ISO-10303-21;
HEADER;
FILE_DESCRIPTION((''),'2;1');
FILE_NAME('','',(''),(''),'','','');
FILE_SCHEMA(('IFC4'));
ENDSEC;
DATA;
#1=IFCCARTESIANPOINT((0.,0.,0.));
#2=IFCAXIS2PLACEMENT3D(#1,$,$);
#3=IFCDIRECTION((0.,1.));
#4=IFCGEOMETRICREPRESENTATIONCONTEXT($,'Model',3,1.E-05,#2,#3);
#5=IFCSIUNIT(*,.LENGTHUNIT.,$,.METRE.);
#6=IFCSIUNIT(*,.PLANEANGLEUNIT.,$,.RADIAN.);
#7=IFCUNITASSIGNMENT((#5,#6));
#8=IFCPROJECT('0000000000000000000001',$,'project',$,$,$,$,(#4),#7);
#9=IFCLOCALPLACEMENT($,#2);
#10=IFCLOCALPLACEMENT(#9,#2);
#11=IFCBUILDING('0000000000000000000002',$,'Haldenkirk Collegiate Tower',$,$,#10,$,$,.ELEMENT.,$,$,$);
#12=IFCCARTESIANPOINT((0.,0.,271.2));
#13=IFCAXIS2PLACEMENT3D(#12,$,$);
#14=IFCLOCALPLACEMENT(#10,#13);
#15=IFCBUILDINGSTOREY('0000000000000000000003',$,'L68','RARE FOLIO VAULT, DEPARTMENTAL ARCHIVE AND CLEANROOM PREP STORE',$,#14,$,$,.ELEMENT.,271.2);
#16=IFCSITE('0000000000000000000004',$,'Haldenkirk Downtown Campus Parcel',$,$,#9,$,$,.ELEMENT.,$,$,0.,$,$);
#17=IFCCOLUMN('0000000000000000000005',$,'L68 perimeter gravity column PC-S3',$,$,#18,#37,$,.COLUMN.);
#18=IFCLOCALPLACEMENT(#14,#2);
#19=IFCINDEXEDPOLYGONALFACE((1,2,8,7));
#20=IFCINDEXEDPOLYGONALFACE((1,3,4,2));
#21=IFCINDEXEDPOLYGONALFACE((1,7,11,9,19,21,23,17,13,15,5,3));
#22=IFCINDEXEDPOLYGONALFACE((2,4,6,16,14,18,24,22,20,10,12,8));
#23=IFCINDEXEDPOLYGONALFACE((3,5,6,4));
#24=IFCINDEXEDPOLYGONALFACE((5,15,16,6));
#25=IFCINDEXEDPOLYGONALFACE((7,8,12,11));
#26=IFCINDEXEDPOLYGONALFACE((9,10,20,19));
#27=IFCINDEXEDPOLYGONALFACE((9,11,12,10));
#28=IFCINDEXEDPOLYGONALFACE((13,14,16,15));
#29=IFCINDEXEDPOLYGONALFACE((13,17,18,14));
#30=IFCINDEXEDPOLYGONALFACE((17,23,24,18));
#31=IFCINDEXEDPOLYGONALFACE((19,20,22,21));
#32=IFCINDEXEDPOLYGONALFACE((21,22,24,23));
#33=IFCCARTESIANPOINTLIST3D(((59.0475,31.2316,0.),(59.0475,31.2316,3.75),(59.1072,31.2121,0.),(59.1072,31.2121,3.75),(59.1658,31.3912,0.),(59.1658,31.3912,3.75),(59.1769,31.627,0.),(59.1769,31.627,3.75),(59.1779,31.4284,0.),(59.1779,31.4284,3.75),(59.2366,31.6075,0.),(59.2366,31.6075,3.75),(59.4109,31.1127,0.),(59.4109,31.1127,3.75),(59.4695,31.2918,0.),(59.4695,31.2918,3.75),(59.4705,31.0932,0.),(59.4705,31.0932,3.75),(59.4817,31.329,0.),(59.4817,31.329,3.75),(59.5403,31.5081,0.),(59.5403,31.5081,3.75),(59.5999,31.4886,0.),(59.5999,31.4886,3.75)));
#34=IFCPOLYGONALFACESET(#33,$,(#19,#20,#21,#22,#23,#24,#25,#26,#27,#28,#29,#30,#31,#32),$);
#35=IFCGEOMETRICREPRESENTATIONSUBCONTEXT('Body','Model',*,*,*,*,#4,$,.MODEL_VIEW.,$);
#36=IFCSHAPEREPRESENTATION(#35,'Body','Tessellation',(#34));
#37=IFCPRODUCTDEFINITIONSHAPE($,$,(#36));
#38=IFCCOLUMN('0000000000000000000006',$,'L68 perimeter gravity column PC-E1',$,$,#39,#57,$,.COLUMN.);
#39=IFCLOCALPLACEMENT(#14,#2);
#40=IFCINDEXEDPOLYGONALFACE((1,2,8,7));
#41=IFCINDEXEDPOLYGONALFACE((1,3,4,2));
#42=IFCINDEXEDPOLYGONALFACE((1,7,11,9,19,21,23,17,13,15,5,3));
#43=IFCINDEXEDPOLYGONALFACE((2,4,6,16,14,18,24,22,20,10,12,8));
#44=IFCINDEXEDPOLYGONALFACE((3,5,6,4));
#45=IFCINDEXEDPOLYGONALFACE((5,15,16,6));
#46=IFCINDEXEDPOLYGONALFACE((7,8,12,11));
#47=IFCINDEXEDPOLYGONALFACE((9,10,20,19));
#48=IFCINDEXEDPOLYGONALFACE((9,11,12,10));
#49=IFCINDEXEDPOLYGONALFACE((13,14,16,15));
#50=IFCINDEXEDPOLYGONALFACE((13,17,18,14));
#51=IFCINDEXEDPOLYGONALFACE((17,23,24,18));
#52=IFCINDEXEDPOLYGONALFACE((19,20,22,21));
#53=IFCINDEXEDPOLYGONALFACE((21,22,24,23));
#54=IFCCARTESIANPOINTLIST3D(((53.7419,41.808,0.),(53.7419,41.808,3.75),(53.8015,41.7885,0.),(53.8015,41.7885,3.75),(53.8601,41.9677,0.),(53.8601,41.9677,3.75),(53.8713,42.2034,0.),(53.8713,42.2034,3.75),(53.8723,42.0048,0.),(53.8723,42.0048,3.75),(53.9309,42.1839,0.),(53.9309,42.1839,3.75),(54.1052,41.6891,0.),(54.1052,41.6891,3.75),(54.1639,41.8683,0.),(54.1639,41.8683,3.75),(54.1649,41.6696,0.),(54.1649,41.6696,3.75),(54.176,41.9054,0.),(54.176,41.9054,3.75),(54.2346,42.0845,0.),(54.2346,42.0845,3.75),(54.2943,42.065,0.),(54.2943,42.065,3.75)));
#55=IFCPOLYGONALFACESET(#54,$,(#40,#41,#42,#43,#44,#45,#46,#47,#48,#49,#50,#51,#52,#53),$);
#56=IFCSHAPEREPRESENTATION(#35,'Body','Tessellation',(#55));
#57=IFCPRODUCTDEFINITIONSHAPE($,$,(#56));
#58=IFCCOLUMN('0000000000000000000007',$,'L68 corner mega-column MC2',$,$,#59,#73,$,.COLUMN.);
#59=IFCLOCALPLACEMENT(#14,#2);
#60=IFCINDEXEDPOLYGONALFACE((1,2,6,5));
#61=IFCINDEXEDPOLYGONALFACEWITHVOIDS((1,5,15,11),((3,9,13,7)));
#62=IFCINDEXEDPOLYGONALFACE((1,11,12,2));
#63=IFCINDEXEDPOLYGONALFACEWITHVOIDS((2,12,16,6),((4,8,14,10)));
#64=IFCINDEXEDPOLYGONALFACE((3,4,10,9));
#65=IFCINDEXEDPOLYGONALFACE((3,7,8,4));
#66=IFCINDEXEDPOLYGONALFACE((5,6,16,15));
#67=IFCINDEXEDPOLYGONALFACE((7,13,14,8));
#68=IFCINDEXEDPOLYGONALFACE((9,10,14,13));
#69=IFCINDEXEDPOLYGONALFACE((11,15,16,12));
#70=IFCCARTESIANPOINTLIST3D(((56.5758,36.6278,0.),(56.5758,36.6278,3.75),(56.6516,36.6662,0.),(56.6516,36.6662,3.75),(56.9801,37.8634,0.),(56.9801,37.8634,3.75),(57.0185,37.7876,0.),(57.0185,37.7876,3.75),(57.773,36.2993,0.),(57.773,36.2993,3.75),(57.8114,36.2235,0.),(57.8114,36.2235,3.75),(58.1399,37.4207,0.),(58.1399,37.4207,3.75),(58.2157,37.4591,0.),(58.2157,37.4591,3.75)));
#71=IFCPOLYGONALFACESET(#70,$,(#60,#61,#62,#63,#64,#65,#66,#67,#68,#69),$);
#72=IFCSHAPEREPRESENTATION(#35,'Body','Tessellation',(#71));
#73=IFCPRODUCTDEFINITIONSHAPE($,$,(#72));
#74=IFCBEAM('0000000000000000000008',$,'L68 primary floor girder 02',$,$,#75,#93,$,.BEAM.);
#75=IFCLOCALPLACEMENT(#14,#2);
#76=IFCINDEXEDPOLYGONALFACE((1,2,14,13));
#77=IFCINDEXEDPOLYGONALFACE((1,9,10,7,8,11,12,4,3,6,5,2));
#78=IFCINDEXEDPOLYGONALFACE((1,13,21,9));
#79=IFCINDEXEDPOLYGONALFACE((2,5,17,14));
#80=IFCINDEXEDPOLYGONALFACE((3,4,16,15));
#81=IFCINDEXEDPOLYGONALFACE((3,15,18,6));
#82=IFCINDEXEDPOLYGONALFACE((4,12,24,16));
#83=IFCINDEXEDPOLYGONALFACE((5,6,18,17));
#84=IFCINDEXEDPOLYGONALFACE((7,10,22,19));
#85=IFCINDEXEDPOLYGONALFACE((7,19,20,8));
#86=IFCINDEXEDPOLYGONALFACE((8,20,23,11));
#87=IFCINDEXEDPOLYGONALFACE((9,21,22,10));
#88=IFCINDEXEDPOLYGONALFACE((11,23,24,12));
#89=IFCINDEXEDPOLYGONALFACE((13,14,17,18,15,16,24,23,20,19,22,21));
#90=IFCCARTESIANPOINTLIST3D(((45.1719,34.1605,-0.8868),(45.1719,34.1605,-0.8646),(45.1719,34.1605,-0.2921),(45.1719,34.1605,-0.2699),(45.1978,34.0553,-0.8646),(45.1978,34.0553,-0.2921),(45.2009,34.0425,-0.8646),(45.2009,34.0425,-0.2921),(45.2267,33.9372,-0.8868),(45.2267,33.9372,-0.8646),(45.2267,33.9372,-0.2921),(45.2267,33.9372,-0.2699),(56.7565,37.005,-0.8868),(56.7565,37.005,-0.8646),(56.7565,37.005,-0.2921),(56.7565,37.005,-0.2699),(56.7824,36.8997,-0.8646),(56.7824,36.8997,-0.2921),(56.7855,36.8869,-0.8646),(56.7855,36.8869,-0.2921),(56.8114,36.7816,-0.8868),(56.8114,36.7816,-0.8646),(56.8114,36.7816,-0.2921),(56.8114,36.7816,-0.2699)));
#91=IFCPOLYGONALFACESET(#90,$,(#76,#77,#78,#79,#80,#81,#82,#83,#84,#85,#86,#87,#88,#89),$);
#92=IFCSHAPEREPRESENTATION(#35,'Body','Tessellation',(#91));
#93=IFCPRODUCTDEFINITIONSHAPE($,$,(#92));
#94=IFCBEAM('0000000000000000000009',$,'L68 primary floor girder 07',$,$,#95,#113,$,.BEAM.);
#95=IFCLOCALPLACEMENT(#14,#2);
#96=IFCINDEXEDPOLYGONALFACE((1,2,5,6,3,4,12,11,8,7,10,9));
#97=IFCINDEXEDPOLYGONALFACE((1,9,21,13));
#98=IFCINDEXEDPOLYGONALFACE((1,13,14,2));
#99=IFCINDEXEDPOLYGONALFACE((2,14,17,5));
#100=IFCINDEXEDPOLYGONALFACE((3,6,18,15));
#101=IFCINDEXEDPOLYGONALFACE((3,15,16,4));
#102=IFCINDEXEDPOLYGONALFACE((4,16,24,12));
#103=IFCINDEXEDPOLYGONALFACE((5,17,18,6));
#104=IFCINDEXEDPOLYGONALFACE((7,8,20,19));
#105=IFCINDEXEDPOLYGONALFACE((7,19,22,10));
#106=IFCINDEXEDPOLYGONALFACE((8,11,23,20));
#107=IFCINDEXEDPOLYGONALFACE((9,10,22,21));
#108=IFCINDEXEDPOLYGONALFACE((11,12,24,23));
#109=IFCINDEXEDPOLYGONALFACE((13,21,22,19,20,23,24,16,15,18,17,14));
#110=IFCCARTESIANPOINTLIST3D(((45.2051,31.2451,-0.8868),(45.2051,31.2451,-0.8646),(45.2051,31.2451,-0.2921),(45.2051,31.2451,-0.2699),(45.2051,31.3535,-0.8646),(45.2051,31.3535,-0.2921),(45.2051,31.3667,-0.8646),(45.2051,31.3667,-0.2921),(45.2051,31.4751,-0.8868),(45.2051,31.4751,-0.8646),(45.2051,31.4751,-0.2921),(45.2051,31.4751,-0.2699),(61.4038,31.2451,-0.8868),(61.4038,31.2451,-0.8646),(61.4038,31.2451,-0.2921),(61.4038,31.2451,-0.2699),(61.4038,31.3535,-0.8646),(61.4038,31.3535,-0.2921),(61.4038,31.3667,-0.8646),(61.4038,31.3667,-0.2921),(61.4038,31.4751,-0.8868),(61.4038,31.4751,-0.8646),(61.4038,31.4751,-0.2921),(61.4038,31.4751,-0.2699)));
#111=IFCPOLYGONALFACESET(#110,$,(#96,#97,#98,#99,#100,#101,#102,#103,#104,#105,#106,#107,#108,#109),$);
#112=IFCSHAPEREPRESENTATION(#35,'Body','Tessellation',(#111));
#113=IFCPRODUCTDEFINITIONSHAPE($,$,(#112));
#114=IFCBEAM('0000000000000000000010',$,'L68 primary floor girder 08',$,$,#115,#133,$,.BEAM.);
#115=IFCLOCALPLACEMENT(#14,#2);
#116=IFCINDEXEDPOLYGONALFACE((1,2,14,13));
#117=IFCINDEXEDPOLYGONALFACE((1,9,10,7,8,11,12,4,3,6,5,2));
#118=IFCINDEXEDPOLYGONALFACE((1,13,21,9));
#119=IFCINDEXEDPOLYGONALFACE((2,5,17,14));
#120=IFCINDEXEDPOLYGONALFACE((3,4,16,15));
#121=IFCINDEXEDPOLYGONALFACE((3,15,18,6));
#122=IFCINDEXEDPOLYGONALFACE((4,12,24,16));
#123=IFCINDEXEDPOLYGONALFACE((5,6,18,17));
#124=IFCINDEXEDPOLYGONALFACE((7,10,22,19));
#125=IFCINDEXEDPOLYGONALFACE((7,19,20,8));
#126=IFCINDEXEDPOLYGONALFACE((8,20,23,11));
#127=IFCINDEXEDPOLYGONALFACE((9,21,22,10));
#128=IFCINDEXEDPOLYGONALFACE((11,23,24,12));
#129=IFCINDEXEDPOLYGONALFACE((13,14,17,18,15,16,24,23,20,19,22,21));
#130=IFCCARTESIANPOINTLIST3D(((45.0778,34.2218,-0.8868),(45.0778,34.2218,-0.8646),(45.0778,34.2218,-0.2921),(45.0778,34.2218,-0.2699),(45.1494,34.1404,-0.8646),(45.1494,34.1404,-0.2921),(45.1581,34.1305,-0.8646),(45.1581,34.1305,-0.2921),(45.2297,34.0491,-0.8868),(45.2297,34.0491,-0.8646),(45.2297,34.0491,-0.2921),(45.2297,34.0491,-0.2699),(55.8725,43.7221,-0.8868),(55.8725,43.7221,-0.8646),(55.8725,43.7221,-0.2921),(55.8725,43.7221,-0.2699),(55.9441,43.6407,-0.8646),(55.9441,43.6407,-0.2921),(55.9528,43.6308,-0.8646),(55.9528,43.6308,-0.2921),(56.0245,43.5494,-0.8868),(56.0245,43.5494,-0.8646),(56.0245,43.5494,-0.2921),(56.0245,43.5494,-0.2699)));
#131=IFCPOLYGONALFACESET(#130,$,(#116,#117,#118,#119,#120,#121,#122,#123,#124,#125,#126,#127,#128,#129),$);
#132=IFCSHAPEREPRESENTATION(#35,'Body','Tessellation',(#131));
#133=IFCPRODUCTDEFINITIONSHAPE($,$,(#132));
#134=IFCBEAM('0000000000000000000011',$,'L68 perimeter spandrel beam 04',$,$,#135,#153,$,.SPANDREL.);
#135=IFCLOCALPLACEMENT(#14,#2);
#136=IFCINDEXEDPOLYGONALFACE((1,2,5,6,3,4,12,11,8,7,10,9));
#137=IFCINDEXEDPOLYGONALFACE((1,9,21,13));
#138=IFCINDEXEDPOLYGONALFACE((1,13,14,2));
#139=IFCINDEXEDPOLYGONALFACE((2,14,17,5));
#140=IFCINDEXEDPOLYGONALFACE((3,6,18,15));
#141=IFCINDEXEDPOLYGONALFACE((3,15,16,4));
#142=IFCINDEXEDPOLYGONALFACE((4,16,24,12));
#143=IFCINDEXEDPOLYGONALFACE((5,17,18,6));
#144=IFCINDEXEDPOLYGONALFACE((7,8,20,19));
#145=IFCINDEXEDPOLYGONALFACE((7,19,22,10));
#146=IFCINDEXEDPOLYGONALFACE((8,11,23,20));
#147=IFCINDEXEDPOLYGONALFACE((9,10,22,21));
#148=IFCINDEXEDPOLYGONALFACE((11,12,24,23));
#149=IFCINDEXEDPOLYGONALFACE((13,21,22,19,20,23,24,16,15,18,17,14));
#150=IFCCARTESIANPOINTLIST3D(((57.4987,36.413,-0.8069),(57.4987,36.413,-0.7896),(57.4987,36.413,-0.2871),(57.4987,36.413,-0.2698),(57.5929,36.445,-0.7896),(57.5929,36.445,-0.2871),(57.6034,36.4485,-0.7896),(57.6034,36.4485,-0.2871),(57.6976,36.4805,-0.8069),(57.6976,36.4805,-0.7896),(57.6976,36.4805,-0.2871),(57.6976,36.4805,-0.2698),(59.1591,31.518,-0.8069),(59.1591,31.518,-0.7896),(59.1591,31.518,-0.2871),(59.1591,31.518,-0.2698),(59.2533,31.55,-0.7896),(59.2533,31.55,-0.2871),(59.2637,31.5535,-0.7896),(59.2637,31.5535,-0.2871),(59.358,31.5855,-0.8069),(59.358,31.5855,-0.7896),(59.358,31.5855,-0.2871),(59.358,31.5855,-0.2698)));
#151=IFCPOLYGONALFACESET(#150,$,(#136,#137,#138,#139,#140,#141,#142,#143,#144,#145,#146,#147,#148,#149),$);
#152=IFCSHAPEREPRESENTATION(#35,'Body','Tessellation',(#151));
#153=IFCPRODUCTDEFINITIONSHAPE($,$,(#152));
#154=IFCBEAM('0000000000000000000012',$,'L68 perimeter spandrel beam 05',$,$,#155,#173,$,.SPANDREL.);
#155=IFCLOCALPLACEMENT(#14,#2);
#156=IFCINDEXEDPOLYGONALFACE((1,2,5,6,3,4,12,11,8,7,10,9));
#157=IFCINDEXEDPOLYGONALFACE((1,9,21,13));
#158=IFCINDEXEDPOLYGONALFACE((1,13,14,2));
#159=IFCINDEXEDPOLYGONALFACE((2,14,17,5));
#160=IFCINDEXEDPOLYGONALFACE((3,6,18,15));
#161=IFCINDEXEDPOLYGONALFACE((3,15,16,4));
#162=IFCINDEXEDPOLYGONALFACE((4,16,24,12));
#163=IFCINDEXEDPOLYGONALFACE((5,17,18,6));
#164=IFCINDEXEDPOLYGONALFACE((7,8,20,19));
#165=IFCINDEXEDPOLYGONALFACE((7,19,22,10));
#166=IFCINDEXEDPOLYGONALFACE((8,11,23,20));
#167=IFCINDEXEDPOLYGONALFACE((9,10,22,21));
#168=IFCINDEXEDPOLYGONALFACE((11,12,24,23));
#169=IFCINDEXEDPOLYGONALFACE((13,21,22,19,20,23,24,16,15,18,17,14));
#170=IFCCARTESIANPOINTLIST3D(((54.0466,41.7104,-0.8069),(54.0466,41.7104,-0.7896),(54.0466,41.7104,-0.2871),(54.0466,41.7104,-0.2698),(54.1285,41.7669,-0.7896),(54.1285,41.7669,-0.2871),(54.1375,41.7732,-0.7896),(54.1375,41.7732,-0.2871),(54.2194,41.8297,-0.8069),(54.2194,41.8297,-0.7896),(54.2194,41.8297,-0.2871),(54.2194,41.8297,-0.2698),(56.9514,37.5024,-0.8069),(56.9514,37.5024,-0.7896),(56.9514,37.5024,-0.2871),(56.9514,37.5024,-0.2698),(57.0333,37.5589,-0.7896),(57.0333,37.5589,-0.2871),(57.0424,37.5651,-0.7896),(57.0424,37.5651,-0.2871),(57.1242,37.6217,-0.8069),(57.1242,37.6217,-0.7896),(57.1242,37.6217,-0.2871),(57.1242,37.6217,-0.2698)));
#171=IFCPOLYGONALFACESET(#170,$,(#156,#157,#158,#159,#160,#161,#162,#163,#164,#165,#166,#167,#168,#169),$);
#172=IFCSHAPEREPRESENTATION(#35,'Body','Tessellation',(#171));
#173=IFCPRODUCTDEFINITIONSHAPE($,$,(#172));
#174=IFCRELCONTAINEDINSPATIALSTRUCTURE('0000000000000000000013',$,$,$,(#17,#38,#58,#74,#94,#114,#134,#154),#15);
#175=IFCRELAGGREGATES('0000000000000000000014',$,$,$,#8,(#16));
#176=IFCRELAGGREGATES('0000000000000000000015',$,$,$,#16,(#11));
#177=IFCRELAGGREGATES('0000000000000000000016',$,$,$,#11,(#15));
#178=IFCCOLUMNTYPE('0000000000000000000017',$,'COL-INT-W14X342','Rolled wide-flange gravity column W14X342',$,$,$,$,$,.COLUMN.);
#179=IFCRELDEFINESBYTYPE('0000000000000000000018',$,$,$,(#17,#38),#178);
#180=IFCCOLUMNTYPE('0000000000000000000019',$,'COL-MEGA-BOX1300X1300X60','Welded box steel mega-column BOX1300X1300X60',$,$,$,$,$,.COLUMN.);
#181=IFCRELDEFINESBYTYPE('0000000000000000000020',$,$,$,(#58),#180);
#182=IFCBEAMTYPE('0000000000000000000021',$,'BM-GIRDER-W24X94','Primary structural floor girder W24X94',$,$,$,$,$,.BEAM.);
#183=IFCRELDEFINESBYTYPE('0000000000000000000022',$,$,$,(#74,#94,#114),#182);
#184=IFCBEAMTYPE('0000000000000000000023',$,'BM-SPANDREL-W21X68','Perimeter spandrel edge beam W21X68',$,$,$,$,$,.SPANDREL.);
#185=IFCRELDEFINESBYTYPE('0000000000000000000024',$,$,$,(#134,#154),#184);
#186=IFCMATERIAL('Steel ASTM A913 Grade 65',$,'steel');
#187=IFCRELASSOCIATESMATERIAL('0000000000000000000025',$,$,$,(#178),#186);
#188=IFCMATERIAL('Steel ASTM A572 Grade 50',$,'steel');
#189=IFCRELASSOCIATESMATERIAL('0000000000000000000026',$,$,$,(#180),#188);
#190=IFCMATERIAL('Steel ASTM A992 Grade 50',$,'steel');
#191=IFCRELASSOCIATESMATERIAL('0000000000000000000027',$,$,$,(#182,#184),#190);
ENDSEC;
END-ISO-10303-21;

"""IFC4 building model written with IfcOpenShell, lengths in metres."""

from ifc_helpers import new_model, si_unit, direction, frame, origin, origin_2d, place, context, subcontext, project, spatial, hollow_rectangle, i_section, extrude, material, material_profile, profile_set, type_object, element, save


model = new_model("IFC4")

# Units and contexts
model_context = context("Model", 3, precision=1e-05, world=origin(), true_north=direction((0.0, 1.0)))
body_context = subcontext(model_context, "Body", "Model", "MODEL_VIEW")
ifc_project = project(units=[si_unit("LENGTHUNIT", "METRE"), si_unit("PLANEANGLEUNIT", "RADIAN")], contexts=[model_context])

# Site, building, storey
site_placement = place(None, origin())
site = spatial("IfcSite", under=ifc_project, at=site_placement, Name="Haldenkirk Downtown Campus Parcel", CompositionType="ELEMENT", RefElevation=0.0)
building_placement = place(site_placement, origin())
building = spatial("IfcBuilding", under=site, at=building_placement, Name="Haldenkirk Collegiate Tower", CompositionType="ELEMENT")
storey_placement = place(building_placement, frame((0.0, 0.0, 271.2)))
storey = spatial("IfcBuildingStorey", under=building, at=storey_placement, Name="L68", Description="RARE FOLIO VAULT, DEPARTMENTAL ARCHIVE AND CLEANROOM PREP STORE", CompositionType="ELEMENT", Elevation=271.2)

# Columns
ifc_material_1 = material(Name="Steel ASTM A913 Grade 65", Category="steel")
ifc_material_profile_1 = material_profile(ifc_material_1, i_section(OverallWidth=0.416, OverallDepth=0.4451, WebThickness=0.0391, FlangeThickness=0.0627, at=origin_2d()), Name="W14X342")
ifc_profile_set_1 = profile_set([ifc_material_profile_1], Name="Steel ASTM A913 Grade 65")
column_type_1 = type_object("IfcColumnType", Name="COL-INT-W14X342", Description="Rolled wide-flange gravity column W14X342", PredefinedType="COLUMN", material=ifc_profile_set_1)
for number, where, z_axis, x_axis, name in (
    (1, (59.3237, 31.3601, 0.0), (0.0, 0.0, 1.0), (0.311008, 0.950407, 0.0), "L68 perimeter gravity column PC-S3"),
    (2, (54.0181, 41.9365, 0.0), (0.0, 0.0, 1.0), (0.311008, 0.950407, 0.0), "L68 perimeter gravity column PC-E1"),
):
    element("IfcColumn", number, at=place(storey_placement, frame(where, z_axis=z_axis, x_axis=x_axis)), inside=storey, type_object=column_type_1, Name=name, PredefinedType="COLUMN", context=body_context, shape_type="SweptSolid", body=[
        extrude(i_section(OverallWidth=0.416, OverallDepth=0.4451, WebThickness=0.0391, FlangeThickness=0.0627, at=origin_2d()), origin(), (0.0, 0.0, 1.0), 3.75),
    ])
ifc_material_2 = material(Name="Steel ASTM A572 Grade 50", Category="steel")
ifc_material_profile_2 = material_profile(ifc_material_2, hollow_rectangle(XDim=1.3, YDim=1.3, WallThickness=0.0601, at=origin_2d()), Name="BOX1300X1300X60")
ifc_profile_set_2 = profile_set([ifc_material_profile_2], Name="Steel ASTM A572 Grade 50")
column_type_2 = type_object("IfcColumnType", Name="COL-MEGA-BOX1300X1300X60", Description="Welded box steel mega-column BOX1300X1300X60", PredefinedType="COLUMN", material=ifc_profile_set_2)
column_placement = place(storey_placement, frame((57.3958, 37.0435, 0.0), z_axis=(0.0, 0.0, 1.0), x_axis=(0.311008, 0.950407, 0.0)))
element("IfcColumn", 3, at=column_placement, inside=storey, type_object=column_type_2, Name="L68 corner mega-column MC2", PredefinedType="COLUMN", context=body_context, shape_type="SweptSolid", body=[
    extrude(hollow_rectangle(XDim=1.3, YDim=1.3, WallThickness=0.0601, at=origin_2d()), origin(), (0.0, 0.0, 1.0), 3.75),
])

# Beams
ifc_material_3 = material(Name="Steel ASTM A992 Grade 50", Category="steel")
ifc_material_profile_3 = material_profile(ifc_material_3, i_section(OverallWidth=0.23, OverallDepth=0.6169, WebThickness=0.0132, FlangeThickness=0.0222, at=origin_2d()), Name="W24X94")
ifc_profile_set_3 = profile_set([ifc_material_profile_3], Name="Steel ASTM A992 Grade 50")
beam_type_1 = type_object("IfcBeamType", Name="BM-GIRDER-W24X94", Description="Primary structural floor girder W24X94", PredefinedType="BEAM", material=ifc_profile_set_3)
beam_1_placement = place(storey_placement, frame((56.7839, 36.8933, -0.5784), z_axis=(-0.971154, -0.238455, 0.0), x_axis=(0.238455, -0.971154, 0.0)))
element("IfcBeam", 4, at=beam_1_placement, inside=storey, type_object=beam_type_1, Name="L68 primary floor girder 02", PredefinedType="BEAM", context=body_context, shape_type="SweptSolid", body=[
    extrude(i_section(OverallWidth=0.23, OverallDepth=0.6169, WebThickness=0.0132, FlangeThickness=0.0222, at=origin_2d()), origin(), (0.0, 0.0, 1.0), 11.9287),
])
beam_2_placement = place(storey_placement, frame((61.4038, 31.3601, -0.5784), z_axis=(-1.0, 0.0, 0.0), x_axis=(0.0, -1.0, 0.0)))
element("IfcBeam", 5, at=beam_2_placement, inside=storey, type_object=beam_type_1, Name="L68 primary floor girder 07", PredefinedType="BEAM", context=body_context, shape_type="SweptSolid", body=[
    extrude(i_section(OverallWidth=0.23, OverallDepth=0.6169, WebThickness=0.0132, FlangeThickness=0.0222, at=origin_2d()), origin(), (0.0, 0.0, 1.0), 16.1987),
])
beam_3_placement = place(storey_placement, frame((55.9485, 43.6357, -0.5784), z_axis=(-0.750682, -0.660664, 0.0), x_axis=(0.660664, -0.750682, 0.0)))
element("IfcBeam", 6, at=beam_3_placement, inside=storey, type_object=beam_type_1, Name="L68 primary floor girder 08", PredefinedType="BEAM", context=body_context, shape_type="SweptSolid", body=[
    extrude(i_section(OverallWidth=0.23, OverallDepth=0.6169, WebThickness=0.0132, FlangeThickness=0.0222, at=origin_2d()), origin(), (0.0, 0.0, 1.0), 14.3799),
])
ifc_material_profile_4 = material_profile(ifc_material_3, i_section(OverallWidth=0.21, OverallDepth=0.5371, WebThickness=0.011, FlangeThickness=0.0173, at=origin_2d()), Name="W21X68")
ifc_profile_set_4 = profile_set([ifc_material_profile_4], Name="Steel ASTM A992 Grade 50")
beam_type_2 = type_object("IfcBeamType", Name="BM-SPANDREL-W21X68", Description="Perimeter spandrel edge beam W21X68", PredefinedType="SPANDREL", material=ifc_profile_set_4)
beam_4_placement = place(storey_placement, frame((59.2585, 31.5518, -0.5383), z_axis=(-0.321225, 0.947003, 0.0), x_axis=(-0.947003, -0.321225, 0.0)))
element("IfcBeam", 7, at=beam_4_placement, inside=storey, type_object=beam_type_2, Name="L68 perimeter spandrel beam 04", PredefinedType="SPANDREL", context=body_context, shape_type="SweptSolid", body=[
    extrude(i_section(OverallWidth=0.21, OverallDepth=0.5371, WebThickness=0.011, FlangeThickness=0.0173, at=origin_2d()), origin(), (0.0, 0.0, 1.0), 5.1689),
])
beam_5_placement = place(storey_placement, frame((57.0378, 37.562, -0.5383), z_axis=(-0.568092, 0.822965, 0.0), x_axis=(-0.822965, -0.568092, 0.0)))
element("IfcBeam", 8, at=beam_5_placement, inside=storey, type_object=beam_type_2, Name="L68 perimeter spandrel beam 05", PredefinedType="SPANDREL", context=body_context, shape_type="SweptSolid", body=[
    extrude(i_section(OverallWidth=0.21, OverallDepth=0.5371, WebThickness=0.011, FlangeThickness=0.0173, at=origin_2d()), origin(), (0.0, 0.0, 1.0), 5.1133),
])

save(model, "model.ifc")
